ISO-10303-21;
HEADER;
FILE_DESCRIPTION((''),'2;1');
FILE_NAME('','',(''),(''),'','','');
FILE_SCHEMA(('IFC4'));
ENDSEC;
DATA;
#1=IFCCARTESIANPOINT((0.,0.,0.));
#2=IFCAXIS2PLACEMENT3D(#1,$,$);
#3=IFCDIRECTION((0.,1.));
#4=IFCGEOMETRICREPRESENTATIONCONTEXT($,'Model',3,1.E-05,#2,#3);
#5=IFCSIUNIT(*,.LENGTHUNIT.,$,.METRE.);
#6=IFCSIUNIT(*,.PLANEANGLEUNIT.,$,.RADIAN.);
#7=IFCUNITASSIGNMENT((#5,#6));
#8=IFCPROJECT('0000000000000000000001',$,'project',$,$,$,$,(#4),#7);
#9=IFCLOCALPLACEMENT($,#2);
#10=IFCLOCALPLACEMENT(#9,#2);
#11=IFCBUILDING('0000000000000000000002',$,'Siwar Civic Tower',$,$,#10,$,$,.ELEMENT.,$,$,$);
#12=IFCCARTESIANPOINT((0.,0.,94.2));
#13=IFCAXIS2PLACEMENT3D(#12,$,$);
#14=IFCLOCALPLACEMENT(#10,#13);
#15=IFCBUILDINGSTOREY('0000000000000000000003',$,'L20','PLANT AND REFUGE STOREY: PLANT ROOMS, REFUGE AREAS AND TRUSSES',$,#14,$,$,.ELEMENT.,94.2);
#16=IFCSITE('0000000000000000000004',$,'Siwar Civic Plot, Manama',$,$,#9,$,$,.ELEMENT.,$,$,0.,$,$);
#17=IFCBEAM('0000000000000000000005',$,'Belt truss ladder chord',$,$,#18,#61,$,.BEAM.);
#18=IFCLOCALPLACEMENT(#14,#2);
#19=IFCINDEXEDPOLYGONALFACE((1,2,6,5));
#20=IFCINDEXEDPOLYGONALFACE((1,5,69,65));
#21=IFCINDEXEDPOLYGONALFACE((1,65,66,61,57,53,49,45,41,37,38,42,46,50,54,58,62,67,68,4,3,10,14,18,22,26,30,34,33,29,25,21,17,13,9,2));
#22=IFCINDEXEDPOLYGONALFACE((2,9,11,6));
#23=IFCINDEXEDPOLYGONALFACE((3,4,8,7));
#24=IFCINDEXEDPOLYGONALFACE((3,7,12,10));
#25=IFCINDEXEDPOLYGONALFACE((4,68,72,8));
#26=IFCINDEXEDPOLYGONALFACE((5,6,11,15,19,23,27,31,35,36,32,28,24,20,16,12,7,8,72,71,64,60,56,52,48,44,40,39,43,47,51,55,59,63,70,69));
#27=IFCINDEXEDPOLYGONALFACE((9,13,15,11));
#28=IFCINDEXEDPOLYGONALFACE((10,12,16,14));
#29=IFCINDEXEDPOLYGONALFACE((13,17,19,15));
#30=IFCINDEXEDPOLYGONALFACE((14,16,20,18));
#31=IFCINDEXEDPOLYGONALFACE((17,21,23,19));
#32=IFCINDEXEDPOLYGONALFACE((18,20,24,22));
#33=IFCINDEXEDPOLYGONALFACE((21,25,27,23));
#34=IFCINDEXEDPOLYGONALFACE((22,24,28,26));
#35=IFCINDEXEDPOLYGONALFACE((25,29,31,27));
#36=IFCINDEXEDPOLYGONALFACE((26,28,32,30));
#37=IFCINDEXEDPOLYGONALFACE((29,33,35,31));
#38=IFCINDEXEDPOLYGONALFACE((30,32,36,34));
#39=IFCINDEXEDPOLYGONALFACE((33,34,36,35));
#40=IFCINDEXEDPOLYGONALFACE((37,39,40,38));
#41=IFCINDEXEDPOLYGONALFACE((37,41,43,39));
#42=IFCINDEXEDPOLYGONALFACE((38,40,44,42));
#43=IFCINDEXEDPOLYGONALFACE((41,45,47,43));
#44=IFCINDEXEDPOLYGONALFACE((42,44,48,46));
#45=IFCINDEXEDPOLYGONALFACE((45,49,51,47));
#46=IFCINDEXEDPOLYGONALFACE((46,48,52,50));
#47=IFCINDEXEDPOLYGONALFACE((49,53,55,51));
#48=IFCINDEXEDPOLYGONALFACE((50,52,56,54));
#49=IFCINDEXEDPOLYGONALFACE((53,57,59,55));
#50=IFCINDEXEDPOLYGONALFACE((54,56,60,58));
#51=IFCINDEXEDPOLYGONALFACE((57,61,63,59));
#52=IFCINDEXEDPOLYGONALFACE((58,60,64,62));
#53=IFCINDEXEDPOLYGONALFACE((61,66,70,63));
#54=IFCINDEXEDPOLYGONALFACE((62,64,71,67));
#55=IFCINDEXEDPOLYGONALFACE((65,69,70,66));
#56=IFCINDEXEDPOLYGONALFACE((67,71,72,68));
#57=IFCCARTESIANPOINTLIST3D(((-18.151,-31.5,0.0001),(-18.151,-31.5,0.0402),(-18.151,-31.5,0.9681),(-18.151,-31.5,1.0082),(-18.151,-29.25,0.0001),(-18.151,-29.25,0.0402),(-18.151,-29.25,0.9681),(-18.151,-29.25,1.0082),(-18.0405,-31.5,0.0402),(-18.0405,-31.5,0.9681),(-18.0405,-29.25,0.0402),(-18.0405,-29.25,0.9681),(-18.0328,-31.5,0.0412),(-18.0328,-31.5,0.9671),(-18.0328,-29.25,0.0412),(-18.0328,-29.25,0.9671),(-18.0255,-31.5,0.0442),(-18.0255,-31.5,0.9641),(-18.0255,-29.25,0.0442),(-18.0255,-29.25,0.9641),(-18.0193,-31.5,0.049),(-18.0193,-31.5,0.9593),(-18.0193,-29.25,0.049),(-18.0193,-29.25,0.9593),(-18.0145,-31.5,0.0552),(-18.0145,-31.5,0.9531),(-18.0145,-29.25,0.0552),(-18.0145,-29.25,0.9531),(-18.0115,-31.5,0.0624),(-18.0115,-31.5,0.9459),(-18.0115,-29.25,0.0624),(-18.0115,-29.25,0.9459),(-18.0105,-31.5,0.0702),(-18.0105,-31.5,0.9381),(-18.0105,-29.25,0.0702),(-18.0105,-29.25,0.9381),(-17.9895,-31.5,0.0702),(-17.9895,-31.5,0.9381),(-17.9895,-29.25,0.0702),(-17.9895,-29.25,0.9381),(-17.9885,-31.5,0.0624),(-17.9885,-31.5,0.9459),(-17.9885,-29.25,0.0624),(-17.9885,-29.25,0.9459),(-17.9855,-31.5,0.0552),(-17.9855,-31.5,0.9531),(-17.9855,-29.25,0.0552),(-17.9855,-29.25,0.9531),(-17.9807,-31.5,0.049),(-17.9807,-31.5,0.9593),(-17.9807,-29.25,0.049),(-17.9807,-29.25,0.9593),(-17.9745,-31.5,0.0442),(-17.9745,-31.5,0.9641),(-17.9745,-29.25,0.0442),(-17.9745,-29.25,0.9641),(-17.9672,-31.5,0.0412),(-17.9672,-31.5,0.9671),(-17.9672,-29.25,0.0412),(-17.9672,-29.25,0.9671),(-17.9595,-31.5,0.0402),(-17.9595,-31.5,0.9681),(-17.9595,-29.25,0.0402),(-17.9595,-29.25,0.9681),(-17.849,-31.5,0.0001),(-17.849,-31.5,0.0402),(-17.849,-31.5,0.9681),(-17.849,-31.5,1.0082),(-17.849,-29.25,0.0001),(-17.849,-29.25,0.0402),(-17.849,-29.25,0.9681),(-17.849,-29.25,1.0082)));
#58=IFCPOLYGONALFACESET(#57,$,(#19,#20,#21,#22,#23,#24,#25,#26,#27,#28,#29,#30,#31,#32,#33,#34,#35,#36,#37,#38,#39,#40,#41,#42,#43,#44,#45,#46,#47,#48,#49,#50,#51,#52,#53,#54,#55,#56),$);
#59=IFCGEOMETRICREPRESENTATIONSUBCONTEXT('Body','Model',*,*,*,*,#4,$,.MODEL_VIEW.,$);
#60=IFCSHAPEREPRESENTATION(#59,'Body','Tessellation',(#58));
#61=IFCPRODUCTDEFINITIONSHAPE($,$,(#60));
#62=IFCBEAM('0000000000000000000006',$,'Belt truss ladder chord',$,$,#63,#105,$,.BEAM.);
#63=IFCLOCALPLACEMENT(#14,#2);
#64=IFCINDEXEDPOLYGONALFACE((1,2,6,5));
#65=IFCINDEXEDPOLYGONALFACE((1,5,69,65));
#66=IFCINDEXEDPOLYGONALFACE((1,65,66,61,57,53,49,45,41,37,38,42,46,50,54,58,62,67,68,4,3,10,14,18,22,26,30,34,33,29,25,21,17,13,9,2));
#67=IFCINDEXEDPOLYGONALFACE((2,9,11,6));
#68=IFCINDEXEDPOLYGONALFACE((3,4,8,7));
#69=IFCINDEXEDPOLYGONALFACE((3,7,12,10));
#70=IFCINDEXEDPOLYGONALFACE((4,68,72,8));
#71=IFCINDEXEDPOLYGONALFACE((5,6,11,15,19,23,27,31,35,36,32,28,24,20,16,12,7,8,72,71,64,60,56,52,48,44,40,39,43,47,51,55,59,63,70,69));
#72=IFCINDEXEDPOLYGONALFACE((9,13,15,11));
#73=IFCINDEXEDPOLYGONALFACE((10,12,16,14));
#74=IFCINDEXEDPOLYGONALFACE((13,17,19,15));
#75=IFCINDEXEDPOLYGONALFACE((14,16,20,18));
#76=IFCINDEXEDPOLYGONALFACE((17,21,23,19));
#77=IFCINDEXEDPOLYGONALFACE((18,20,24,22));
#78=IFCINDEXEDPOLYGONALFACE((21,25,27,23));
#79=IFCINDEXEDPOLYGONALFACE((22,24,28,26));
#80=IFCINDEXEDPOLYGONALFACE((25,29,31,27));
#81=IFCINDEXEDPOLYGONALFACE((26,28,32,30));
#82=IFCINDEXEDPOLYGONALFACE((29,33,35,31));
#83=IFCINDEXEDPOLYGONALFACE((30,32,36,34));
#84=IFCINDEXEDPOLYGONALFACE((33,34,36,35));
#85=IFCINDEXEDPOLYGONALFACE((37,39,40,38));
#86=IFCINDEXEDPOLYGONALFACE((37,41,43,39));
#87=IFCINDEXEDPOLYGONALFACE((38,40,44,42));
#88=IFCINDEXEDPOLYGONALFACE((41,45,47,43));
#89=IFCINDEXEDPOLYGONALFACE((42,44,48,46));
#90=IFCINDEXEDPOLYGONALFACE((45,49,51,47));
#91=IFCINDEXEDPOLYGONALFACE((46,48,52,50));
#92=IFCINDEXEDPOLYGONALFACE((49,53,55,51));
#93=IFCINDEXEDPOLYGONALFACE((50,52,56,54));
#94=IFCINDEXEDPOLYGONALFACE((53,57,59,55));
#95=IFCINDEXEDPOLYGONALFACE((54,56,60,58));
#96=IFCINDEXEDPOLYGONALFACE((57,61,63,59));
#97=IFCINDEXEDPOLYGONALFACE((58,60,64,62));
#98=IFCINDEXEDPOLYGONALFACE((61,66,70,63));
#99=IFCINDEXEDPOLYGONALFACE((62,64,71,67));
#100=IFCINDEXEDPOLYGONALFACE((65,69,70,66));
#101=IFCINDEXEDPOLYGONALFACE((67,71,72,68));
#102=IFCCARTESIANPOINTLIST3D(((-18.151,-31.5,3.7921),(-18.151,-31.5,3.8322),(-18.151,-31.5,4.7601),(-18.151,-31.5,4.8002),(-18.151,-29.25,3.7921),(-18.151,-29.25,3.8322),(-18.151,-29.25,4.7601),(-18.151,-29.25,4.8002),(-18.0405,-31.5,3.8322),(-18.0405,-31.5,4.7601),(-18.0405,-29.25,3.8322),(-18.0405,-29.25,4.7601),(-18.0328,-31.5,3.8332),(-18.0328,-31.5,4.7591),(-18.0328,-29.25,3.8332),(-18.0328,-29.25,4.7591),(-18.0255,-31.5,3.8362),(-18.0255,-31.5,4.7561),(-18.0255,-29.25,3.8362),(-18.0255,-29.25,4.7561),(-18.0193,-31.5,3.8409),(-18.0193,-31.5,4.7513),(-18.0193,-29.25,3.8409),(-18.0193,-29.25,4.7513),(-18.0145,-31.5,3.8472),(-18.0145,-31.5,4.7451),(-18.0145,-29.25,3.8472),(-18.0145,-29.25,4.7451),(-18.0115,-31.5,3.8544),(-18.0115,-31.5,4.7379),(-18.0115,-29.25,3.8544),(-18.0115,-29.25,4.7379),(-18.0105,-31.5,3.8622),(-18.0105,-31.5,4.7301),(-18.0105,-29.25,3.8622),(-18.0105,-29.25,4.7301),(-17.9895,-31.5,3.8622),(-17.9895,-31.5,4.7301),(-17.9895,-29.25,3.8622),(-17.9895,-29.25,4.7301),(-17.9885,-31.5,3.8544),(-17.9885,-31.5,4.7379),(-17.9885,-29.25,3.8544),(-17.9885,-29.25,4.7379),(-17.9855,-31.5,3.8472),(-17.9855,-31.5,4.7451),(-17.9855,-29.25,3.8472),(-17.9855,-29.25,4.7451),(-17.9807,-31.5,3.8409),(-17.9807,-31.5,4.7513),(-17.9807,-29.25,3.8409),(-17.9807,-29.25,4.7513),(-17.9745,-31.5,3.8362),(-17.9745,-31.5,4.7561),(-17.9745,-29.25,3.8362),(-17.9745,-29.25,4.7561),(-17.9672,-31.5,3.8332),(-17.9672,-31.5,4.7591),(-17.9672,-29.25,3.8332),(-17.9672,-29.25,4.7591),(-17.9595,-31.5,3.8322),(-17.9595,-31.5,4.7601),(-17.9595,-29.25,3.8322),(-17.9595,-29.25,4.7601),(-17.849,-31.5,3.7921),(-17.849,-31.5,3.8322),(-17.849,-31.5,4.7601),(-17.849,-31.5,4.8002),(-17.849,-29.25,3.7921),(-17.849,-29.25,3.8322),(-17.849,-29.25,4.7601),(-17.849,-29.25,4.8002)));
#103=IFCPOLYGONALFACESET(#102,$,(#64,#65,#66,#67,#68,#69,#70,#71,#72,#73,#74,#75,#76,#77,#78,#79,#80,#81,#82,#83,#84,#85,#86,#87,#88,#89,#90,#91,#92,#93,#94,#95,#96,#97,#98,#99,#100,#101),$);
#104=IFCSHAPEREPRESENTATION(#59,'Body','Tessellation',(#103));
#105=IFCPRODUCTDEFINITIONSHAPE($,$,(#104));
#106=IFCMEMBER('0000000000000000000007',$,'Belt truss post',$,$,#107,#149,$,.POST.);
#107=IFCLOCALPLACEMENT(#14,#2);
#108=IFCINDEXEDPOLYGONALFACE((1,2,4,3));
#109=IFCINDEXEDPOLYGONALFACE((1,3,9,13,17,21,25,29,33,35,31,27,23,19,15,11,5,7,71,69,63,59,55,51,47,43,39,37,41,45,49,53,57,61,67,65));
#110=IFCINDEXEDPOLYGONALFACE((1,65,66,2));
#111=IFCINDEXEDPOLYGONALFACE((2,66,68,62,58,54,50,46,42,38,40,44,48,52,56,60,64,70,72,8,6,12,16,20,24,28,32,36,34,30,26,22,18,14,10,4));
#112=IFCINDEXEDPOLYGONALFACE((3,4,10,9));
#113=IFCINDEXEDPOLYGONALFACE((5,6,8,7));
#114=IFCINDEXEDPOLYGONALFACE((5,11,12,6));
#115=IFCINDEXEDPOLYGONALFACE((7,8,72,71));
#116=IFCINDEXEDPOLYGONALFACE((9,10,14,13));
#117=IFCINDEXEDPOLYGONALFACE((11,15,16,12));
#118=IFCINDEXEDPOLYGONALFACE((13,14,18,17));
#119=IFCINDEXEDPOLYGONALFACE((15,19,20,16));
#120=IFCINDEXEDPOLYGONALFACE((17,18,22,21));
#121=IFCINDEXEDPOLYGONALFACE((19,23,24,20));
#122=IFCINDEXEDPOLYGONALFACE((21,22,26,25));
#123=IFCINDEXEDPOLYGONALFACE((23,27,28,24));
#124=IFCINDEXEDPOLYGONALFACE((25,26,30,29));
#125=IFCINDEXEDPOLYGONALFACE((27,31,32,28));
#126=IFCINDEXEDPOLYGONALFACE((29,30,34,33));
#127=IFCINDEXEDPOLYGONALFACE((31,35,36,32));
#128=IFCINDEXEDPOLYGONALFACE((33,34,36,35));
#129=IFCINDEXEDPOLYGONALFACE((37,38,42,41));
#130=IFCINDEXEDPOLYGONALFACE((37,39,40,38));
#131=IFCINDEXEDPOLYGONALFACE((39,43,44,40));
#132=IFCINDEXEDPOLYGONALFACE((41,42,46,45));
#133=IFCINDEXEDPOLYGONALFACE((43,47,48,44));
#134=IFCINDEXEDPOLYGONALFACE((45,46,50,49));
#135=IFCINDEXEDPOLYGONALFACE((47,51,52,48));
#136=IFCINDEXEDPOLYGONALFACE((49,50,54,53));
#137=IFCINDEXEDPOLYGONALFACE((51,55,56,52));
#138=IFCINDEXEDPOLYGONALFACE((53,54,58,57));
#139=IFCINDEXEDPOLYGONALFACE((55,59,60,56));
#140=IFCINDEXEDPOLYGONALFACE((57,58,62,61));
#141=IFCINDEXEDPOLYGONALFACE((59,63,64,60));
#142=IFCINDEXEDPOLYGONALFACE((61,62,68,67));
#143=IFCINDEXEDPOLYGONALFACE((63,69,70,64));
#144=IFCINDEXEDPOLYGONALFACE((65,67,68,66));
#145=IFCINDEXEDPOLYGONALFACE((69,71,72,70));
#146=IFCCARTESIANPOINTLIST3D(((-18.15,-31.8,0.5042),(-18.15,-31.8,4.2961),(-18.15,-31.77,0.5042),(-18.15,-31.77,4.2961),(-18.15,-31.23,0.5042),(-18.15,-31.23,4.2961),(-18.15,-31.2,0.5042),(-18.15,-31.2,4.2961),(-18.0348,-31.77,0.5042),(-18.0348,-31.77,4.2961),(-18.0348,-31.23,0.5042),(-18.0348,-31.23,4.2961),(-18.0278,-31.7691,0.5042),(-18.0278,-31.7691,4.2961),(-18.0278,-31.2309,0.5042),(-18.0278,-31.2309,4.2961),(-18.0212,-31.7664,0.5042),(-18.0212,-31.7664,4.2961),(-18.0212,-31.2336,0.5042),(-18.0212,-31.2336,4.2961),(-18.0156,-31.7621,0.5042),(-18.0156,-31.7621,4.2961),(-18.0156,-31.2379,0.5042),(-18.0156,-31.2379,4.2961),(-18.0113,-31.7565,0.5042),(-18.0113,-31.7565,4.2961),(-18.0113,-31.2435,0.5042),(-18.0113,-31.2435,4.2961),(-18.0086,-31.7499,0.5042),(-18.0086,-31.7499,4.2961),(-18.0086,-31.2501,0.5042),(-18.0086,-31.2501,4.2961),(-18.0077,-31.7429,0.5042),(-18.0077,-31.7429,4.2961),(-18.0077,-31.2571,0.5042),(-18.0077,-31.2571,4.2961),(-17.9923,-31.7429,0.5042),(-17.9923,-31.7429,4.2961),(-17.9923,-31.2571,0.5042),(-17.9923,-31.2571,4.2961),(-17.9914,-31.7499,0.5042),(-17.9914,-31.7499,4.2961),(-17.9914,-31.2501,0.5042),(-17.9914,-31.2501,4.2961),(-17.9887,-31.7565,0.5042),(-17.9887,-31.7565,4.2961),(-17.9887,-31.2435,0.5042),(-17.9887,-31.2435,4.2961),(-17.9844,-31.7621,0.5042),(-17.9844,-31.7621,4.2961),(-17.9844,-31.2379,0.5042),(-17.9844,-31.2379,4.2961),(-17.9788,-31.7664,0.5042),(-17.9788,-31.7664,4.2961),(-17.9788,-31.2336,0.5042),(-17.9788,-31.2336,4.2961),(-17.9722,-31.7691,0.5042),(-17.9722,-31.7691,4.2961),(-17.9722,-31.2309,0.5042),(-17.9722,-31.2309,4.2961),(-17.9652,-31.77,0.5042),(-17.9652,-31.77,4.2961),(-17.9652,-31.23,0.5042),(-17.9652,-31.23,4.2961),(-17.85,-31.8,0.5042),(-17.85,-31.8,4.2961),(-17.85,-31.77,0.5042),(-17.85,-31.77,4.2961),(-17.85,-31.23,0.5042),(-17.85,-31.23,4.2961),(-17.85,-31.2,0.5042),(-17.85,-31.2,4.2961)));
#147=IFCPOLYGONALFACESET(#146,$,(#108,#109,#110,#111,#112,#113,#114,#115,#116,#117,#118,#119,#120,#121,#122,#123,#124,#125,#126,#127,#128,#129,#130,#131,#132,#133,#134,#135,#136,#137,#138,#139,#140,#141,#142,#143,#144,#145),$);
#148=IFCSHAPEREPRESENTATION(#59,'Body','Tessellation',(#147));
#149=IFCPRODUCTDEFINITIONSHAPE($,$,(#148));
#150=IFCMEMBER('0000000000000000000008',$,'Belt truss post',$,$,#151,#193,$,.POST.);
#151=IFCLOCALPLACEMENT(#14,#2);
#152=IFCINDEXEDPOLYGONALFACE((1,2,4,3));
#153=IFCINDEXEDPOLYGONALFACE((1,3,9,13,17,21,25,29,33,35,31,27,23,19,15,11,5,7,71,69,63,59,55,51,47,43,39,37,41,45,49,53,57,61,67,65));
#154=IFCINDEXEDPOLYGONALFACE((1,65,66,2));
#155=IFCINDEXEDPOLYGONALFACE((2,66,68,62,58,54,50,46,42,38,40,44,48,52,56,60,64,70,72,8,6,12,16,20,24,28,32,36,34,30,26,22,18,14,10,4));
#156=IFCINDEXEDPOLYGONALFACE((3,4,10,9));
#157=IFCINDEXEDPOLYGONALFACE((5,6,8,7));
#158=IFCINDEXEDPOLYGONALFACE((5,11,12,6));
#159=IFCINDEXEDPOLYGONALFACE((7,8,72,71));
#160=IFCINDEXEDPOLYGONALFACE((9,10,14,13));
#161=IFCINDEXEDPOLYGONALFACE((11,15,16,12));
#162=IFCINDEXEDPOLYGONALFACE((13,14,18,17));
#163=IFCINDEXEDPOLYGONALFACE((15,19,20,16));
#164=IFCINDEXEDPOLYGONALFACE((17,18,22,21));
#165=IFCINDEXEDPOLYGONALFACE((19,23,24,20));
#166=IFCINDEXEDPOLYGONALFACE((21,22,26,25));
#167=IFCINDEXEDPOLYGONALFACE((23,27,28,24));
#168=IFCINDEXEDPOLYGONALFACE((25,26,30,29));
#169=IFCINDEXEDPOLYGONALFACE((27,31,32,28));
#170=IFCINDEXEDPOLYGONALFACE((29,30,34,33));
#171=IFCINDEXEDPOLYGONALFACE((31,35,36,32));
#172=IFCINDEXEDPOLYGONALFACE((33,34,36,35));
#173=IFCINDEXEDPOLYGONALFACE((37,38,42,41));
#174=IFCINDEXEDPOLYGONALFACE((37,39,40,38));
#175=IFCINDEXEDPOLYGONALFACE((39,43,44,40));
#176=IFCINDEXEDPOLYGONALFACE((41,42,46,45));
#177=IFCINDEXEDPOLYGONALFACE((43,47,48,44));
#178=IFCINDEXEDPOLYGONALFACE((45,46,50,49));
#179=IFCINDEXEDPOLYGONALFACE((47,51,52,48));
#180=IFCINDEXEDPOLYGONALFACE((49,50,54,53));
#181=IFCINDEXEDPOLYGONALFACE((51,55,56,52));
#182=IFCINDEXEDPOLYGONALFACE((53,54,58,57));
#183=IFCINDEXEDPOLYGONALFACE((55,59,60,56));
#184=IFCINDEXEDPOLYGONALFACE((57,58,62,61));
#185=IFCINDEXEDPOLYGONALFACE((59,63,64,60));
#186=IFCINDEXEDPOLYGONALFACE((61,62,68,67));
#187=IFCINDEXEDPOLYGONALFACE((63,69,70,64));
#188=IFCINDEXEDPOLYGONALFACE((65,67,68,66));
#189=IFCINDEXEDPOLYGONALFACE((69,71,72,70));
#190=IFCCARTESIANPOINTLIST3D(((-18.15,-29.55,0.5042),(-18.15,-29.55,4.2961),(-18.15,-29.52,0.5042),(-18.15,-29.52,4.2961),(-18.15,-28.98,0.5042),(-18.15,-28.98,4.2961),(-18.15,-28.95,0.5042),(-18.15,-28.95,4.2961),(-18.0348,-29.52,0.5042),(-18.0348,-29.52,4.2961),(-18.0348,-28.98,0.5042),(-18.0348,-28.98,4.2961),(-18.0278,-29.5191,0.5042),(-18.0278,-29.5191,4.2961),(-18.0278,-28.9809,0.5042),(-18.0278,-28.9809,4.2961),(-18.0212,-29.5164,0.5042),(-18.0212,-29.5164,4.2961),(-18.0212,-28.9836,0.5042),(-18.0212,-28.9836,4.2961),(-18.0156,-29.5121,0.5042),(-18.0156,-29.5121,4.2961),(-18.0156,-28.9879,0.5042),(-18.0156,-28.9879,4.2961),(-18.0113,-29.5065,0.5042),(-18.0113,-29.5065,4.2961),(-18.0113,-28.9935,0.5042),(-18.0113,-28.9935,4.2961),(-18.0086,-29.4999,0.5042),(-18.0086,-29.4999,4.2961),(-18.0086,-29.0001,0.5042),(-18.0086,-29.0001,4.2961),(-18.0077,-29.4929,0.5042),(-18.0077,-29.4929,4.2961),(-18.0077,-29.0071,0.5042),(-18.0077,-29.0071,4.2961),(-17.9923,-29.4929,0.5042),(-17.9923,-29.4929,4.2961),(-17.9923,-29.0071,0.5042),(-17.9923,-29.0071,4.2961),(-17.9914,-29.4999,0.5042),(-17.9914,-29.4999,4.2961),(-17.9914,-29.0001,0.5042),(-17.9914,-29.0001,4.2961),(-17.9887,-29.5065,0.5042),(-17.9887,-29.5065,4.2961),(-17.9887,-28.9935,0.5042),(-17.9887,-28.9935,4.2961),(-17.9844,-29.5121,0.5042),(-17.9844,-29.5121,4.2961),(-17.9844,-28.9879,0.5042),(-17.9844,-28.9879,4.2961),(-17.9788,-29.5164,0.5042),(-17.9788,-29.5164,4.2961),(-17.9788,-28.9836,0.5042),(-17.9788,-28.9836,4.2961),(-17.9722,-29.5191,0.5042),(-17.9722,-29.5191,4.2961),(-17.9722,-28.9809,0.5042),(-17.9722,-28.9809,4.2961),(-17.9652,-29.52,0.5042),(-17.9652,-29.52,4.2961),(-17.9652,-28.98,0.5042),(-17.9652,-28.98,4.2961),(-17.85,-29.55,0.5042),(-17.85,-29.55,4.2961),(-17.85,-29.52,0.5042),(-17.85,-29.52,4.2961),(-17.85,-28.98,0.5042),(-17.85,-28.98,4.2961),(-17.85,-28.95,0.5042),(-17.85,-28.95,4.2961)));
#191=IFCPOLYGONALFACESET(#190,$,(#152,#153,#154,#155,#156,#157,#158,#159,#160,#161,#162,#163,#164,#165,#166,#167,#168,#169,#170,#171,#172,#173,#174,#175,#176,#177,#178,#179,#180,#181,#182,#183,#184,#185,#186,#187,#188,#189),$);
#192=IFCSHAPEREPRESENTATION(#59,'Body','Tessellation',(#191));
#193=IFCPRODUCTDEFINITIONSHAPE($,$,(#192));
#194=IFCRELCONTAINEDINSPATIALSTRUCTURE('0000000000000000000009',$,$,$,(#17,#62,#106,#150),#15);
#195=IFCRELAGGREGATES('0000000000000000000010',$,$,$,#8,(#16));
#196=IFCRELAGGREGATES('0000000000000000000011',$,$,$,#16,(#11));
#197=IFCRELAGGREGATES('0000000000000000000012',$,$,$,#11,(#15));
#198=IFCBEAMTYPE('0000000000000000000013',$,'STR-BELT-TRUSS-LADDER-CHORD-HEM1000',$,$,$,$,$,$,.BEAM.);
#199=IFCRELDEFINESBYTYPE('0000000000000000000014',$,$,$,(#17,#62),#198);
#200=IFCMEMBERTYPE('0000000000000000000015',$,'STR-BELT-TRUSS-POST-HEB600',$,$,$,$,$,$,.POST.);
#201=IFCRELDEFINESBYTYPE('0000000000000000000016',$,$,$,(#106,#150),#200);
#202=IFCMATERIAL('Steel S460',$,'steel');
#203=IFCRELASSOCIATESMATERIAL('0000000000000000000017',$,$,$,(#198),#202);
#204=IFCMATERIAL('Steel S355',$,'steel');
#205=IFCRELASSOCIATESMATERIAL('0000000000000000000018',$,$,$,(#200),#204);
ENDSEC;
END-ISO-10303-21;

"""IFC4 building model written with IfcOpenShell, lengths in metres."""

from ifc_helpers import new_model, si_unit, direction, frame, origin, origin_2d, place, context, subcontext, project, spatial, i_section, extrude, material, material_profile, profile_set, type_object, element, save


model = new_model("IFC4")

# Units and contexts
model_context = context("Model", 3, precision=1e-05, world=origin(), true_north=direction((0.0, 1.0)))
body_context = subcontext(model_context, "Body", "Model", "MODEL_VIEW")
ifc_project = project(units=[si_unit("LENGTHUNIT", "METRE"), si_unit("PLANEANGLEUNIT", "RADIAN")], contexts=[model_context])

# Site, building, storey
site_placement = place(None, origin())
site = spatial("IfcSite", under=ifc_project, at=site_placement, Name="Siwar Civic Plot, Manama", CompositionType="ELEMENT", RefElevation=0.0)
building_placement = place(site_placement, origin())
building = spatial("IfcBuilding", under=site, at=building_placement, Name="Siwar Civic Tower", CompositionType="ELEMENT")
storey_placement = place(building_placement, frame((0.0, 0.0, 94.2)))
storey = spatial("IfcBuildingStorey", under=building, at=storey_placement, Name="L20", Description="PLANT AND REFUGE STOREY: PLANT ROOMS, REFUGE AREAS AND TRUSSES", CompositionType="ELEMENT", Elevation=94.2)

# Beams
ifc_material_1 = material(Name="Steel S460", Category="steel")
ifc_material_profile_1 = material_profile(ifc_material_1, i_section(OverallWidth=0.302, OverallDepth=1.0081, WebThickness=0.021, FlangeThickness=0.04, FilletRadius=0.03, at=origin_2d()), Name="HEM1000")
ifc_profile_set_1 = profile_set([ifc_material_profile_1], Name="Steel S460")
beam_type_1 = type_object("IfcBeamType", Name="STR-BELT-TRUSS-LADDER-CHORD-HEM1000", PredefinedType="BEAM", material=ifc_profile_set_1)
for number, where, z_axis, x_axis, name in (
    (1, (-18.0, -29.25, 0.5042), (0.0, -1.0, 0.0), (1.0, 0.0, 0.0), "Belt truss ladder chord"),
    (2, (-18.0, -29.25, 4.2961), (0.0, -1.0, 0.0), (1.0, 0.0, 0.0), "Belt truss ladder chord"),
):
    element("IfcBeam", number, at=place(storey_placement, frame(where, z_axis=z_axis, x_axis=x_axis)), inside=storey, type_object=beam_type_1, Name=name, PredefinedType="BEAM", context=body_context, shape_type="SweptSolid", body=[
        extrude(i_section(OverallWidth=0.302, OverallDepth=1.0081, WebThickness=0.021, FlangeThickness=0.04, FilletRadius=0.03, at=origin_2d()), origin(), (0.0, 0.0, 1.0), 2.25),
    ])

# Members
ifc_material_2 = material(Name="Steel S355", Category="steel")
ifc_material_profile_2 = material_profile(ifc_material_2, i_section(OverallWidth=0.3, OverallDepth=0.6001, WebThickness=0.0154, FlangeThickness=0.03, FilletRadius=0.0271, at=origin_2d()), Name="HEB600")
ifc_profile_set_2 = profile_set([ifc_material_profile_2], Name="Steel S355")
member_type_1 = type_object("IfcMemberType", Name="STR-BELT-TRUSS-POST-HEB600", PredefinedType="POST", material=ifc_profile_set_2)
for number, where, z_axis, x_axis, name in (
    (3, (-18.0, -31.5, 0.5042), (0.0, 0.0, 1.0), (1.0, 0.0, 0.0), "Belt truss post"),
    (4, (-18.0, -29.25, 0.5042), (0.0, 0.0, 1.0), (1.0, 0.0, 0.0), "Belt truss post"),
):
    element("IfcMember", number, at=place(storey_placement, frame(where, z_axis=z_axis, x_axis=x_axis)), inside=storey, type_object=member_type_1, Name=name, PredefinedType="POST", context=body_context, shape_type="SweptSolid", body=[
        extrude(i_section(OverallWidth=0.3, OverallDepth=0.6001, WebThickness=0.0154, FlangeThickness=0.03, FilletRadius=0.0271, at=origin_2d()), origin(), (0.0, 0.0, 1.0), 3.792),
    ])

save(model, "model.ifc")
